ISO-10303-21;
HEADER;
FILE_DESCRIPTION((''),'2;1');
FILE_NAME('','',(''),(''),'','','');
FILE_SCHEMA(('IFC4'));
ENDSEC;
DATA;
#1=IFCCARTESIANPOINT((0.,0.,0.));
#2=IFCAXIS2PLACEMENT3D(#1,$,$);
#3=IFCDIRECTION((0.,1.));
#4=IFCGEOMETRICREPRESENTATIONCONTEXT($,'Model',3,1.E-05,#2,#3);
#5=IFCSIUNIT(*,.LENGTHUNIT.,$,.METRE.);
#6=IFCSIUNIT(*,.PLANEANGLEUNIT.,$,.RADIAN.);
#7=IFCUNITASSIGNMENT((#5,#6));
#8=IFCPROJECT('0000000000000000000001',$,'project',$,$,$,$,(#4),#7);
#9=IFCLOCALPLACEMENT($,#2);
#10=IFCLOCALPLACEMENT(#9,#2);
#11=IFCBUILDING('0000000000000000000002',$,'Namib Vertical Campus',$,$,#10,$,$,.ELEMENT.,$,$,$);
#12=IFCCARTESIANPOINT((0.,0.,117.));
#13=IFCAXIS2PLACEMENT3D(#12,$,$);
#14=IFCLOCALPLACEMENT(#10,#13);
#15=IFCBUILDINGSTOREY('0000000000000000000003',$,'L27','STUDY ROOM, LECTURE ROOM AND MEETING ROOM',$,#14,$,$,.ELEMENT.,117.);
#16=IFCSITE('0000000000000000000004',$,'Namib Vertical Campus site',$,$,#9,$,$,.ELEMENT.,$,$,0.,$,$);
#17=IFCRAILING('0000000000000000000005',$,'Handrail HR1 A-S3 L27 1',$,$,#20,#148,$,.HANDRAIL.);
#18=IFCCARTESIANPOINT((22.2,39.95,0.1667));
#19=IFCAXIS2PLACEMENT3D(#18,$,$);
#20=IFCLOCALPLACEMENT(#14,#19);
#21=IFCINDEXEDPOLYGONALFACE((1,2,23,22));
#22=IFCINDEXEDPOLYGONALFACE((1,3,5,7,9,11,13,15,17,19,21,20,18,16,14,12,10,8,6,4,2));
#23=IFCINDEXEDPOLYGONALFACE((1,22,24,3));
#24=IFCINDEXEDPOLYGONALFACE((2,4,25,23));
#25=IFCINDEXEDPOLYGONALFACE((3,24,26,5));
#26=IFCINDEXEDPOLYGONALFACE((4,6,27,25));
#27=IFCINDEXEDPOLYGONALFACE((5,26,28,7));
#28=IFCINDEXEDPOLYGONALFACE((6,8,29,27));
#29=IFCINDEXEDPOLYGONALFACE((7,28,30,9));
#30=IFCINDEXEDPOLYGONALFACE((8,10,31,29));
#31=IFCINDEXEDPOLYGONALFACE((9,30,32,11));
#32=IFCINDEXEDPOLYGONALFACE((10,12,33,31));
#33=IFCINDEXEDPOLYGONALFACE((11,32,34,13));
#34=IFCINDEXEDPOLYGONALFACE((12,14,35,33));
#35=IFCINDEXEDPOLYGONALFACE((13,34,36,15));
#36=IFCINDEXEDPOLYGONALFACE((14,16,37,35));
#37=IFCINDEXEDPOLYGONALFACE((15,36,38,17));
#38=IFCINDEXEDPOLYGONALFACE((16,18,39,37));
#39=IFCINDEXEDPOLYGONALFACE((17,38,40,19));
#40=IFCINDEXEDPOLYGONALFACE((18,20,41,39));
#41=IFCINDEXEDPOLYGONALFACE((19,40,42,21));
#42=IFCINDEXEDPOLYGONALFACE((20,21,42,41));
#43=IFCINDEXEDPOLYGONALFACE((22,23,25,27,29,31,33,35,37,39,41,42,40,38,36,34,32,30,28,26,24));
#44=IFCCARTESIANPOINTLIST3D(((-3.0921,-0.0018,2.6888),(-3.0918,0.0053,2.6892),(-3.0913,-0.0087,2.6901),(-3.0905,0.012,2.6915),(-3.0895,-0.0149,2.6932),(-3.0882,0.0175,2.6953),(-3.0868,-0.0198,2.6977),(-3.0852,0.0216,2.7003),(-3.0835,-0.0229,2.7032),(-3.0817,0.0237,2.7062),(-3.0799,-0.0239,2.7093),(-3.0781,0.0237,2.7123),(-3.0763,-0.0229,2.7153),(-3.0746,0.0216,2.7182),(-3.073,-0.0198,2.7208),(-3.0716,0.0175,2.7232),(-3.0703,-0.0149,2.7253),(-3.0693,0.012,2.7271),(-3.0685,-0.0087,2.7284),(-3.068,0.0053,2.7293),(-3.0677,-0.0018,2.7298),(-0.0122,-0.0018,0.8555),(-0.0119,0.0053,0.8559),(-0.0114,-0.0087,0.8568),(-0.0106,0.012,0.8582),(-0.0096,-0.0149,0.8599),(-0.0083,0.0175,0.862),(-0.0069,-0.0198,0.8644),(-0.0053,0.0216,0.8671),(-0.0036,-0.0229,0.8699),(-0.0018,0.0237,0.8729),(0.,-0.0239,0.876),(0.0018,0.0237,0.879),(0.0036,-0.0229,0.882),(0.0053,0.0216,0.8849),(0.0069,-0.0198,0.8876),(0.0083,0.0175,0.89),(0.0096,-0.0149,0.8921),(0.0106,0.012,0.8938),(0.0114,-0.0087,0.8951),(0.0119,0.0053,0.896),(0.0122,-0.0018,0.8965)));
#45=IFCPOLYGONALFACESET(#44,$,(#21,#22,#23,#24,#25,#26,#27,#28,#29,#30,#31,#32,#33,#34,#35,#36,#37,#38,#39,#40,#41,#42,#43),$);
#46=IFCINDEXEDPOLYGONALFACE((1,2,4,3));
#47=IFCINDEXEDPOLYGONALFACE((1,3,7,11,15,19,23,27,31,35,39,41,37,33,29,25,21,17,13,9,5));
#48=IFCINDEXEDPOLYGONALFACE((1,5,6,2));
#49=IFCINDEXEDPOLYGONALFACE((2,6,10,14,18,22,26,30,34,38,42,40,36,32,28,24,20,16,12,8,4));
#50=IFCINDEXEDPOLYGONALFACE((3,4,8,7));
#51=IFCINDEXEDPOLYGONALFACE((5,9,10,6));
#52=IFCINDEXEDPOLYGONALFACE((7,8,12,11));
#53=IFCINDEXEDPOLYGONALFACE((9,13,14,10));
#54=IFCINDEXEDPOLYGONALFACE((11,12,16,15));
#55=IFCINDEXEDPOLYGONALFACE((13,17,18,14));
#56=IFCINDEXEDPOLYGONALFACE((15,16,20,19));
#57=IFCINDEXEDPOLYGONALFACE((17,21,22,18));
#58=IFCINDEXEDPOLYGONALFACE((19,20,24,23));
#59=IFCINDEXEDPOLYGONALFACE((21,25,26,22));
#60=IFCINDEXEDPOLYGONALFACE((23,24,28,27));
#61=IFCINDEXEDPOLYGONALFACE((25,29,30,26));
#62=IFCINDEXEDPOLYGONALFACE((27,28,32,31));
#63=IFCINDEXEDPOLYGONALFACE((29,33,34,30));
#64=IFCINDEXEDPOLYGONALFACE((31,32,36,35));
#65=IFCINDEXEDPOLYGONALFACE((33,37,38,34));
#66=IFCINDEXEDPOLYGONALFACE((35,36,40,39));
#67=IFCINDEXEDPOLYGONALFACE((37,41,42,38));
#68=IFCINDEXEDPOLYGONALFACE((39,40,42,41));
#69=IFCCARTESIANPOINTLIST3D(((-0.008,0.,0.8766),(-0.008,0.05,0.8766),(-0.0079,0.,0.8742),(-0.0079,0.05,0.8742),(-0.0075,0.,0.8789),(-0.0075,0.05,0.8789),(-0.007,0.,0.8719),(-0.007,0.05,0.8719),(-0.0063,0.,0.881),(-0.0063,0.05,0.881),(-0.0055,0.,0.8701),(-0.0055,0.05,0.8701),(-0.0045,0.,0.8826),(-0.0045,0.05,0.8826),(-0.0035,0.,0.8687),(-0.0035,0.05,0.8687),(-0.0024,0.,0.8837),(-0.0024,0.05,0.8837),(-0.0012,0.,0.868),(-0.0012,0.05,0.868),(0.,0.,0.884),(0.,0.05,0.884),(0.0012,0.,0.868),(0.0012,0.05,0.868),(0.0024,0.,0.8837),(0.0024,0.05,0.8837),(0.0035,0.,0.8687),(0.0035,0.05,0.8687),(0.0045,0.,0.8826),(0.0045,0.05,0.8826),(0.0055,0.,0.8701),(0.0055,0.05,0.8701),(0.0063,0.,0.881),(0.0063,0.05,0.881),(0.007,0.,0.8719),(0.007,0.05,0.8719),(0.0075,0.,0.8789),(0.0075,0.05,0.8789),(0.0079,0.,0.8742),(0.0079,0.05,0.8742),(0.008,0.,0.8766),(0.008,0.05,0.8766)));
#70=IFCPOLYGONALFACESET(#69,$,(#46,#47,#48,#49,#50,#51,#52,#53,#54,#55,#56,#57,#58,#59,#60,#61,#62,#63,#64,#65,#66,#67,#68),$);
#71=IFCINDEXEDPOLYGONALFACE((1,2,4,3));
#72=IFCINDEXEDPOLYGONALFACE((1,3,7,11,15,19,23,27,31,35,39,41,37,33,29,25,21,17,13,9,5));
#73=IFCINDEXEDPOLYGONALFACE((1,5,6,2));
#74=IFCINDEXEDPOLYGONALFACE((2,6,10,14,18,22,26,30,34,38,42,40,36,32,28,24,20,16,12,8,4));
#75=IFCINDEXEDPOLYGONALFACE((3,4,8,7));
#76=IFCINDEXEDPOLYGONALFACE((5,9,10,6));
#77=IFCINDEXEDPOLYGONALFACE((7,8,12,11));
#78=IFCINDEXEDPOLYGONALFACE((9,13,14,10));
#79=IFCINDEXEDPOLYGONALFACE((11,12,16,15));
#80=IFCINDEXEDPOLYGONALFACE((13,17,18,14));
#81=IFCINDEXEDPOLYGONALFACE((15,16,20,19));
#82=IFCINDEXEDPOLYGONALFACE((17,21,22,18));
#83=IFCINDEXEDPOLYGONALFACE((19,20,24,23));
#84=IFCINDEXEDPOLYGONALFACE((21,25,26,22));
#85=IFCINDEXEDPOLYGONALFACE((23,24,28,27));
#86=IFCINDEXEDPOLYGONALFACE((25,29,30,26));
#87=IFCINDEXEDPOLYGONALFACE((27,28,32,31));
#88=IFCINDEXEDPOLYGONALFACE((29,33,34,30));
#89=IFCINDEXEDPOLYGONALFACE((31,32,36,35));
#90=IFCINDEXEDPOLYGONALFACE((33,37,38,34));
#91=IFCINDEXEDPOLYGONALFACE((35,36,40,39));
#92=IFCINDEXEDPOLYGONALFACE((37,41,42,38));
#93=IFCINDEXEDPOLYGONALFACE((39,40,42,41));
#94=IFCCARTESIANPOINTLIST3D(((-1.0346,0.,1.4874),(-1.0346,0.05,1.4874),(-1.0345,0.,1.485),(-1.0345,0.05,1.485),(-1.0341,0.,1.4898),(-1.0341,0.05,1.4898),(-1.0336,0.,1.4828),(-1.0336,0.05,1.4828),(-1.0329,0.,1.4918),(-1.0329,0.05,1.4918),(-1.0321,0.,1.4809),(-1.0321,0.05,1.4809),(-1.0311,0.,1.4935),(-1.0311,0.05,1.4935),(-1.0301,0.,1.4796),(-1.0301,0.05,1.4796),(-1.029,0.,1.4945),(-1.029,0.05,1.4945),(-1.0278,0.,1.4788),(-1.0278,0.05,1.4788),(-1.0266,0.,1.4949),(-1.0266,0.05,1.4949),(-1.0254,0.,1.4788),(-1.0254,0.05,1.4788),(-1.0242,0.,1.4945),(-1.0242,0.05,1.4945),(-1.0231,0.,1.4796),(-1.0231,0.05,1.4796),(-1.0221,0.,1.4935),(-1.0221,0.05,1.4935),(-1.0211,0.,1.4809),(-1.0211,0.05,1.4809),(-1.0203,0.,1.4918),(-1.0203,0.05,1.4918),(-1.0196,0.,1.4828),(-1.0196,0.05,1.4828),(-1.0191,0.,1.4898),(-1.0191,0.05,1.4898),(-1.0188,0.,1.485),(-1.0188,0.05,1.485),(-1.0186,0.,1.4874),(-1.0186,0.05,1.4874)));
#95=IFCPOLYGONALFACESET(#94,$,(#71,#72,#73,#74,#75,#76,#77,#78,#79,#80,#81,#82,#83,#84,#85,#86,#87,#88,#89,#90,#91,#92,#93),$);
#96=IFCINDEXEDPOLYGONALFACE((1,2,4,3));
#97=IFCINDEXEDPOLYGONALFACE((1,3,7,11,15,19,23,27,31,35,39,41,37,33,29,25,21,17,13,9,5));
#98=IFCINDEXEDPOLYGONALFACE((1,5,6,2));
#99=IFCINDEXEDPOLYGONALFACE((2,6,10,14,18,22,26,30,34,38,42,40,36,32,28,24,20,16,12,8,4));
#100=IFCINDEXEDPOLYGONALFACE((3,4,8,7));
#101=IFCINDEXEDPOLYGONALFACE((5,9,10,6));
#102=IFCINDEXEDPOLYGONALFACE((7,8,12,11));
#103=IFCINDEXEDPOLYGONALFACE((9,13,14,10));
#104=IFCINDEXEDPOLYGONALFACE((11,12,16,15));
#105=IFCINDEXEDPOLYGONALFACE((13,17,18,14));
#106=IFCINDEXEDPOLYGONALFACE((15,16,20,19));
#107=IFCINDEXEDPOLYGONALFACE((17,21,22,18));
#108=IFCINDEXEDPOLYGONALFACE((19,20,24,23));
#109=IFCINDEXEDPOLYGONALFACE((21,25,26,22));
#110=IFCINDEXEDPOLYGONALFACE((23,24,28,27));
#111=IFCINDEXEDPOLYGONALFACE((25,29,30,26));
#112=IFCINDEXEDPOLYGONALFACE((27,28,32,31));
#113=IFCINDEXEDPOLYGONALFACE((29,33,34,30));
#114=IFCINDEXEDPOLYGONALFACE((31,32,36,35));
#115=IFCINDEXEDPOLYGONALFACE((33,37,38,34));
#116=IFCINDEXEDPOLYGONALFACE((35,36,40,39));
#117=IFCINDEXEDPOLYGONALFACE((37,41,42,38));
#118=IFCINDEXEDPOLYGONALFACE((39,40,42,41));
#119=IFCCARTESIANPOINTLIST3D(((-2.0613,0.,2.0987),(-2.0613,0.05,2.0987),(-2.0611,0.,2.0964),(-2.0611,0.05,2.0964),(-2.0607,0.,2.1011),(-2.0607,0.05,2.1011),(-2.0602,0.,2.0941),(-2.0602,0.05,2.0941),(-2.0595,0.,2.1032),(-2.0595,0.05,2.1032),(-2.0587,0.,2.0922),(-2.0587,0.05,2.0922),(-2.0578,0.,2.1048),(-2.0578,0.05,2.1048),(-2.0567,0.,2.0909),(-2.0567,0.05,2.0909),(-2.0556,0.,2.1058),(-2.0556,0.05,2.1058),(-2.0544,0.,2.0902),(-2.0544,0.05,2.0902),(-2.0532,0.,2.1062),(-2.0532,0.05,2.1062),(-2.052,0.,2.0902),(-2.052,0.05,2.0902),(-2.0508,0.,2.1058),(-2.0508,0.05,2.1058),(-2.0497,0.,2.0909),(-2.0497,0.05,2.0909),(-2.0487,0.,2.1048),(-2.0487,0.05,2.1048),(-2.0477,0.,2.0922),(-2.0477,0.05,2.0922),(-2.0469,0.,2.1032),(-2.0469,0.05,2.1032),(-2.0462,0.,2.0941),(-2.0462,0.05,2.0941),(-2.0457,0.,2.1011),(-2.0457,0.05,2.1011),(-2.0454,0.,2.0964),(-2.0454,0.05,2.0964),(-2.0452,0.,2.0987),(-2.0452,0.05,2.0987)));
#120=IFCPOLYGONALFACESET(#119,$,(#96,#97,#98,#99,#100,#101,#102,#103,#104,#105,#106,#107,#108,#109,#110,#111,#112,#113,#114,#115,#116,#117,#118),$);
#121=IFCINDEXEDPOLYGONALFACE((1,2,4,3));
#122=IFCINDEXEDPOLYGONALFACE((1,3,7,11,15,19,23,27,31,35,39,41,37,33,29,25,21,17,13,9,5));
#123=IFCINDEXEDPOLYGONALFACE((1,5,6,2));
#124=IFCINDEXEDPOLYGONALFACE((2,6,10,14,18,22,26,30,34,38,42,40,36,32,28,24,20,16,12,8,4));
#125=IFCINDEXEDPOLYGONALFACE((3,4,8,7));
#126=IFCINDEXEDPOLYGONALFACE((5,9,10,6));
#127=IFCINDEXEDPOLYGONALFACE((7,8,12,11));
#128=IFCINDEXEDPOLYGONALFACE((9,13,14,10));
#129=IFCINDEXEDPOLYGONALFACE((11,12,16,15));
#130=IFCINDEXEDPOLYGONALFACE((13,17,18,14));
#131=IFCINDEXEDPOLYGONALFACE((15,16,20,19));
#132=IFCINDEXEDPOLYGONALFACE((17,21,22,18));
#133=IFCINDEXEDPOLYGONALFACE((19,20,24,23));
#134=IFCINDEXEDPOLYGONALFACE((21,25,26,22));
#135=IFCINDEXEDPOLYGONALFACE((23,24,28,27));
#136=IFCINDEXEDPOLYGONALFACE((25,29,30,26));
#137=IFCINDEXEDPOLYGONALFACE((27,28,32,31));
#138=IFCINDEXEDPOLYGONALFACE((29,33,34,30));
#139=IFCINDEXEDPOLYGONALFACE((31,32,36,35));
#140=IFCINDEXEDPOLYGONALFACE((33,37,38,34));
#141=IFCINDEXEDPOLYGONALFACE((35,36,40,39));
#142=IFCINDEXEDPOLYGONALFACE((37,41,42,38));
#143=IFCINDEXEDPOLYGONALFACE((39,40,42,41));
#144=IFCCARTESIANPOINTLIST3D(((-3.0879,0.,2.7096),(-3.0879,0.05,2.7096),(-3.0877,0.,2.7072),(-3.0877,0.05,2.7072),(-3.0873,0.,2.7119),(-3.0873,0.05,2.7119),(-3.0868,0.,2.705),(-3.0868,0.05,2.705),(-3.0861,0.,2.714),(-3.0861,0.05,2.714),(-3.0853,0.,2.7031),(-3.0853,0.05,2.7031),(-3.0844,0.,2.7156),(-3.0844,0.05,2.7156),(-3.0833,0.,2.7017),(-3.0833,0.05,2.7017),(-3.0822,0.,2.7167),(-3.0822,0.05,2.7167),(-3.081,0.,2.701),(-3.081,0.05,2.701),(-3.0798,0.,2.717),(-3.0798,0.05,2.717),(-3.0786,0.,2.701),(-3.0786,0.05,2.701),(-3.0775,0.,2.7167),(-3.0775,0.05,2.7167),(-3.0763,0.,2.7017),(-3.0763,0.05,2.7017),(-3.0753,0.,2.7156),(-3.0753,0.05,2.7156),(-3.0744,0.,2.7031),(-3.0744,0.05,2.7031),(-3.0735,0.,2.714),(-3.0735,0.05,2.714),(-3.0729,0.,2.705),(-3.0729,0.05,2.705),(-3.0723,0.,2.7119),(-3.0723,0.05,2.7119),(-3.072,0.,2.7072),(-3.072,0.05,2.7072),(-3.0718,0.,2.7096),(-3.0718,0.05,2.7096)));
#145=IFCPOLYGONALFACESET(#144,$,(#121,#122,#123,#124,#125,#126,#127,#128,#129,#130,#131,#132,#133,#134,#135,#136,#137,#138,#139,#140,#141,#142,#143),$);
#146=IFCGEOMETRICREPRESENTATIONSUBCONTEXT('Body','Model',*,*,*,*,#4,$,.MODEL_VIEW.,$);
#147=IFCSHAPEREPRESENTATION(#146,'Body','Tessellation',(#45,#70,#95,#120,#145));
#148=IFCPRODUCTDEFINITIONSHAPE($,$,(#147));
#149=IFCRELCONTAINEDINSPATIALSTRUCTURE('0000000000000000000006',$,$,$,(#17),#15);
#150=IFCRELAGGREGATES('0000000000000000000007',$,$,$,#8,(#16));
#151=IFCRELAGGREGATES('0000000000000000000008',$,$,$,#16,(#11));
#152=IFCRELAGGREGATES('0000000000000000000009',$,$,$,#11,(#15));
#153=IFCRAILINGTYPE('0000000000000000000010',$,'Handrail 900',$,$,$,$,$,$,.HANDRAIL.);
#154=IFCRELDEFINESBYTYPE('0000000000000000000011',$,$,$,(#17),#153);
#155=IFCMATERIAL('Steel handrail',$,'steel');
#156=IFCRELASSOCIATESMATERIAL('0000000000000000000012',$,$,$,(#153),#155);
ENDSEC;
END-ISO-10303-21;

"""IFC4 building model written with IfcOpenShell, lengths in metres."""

from ifc_helpers import new_model, si_unit, direction, frame, origin, origin_2d, place, context, subcontext, project, spatial, circle, extrude, material, type_object, element, save


model = new_model("IFC4")

# Units and contexts
model_context = context("Model", 3, precision=1e-05, world=origin(), true_north=direction((0.0, 1.0)))
body_context = subcontext(model_context, "Body", "Model", "MODEL_VIEW")
ifc_project = project(units=[si_unit("LENGTHUNIT", "METRE"), si_unit("PLANEANGLEUNIT", "RADIAN")], contexts=[model_context])

# Site, building, storey
site_placement = place(None, origin())
site = spatial("IfcSite", under=ifc_project, at=site_placement, Name="Namib Vertical Campus site", CompositionType="ELEMENT", RefElevation=0.0)
building_placement = place(site_placement, origin())
building = spatial("IfcBuilding", under=site, at=building_placement, Name="Namib Vertical Campus", CompositionType="ELEMENT")
storey_placement = place(building_placement, frame((0.0, 0.0, 117.0)))
storey = spatial("IfcBuildingStorey", under=building, at=storey_placement, Name="L27", Description="STUDY ROOM, LECTURE ROOM AND MEETING ROOM", CompositionType="ELEMENT", Elevation=117.0)

# Railing
ifc_material_1 = material(Name="Steel handrail", Category="steel")
railing_type_1 = type_object("IfcRailingType", Name="Handrail 900", PredefinedType="HANDRAIL", material=ifc_material_1)
railing_1_placement = place(storey_placement, frame((22.2, 39.95, 0.1667)))
element("IfcRailing", 1, at=railing_1_placement, inside=storey, type_object=railing_type_1, Name="Handrail HR1 A-S3 L27 1", PredefinedType="HANDRAIL", context=body_context, shape_type="SweptSolid", body=[
    extrude(circle(Radius=0.0239, at=origin_2d()), frame((0.0, 0.0, 0.876), z_axis=(-0.859291, 0.0, 0.511487), x_axis=(0.0, -1.0, 0.0)), (0.0, 0.0, 1.0), 3.5842),
    extrude(circle(Radius=0.0081, at=origin_2d()), frame((0.0, 0.0, 0.876), z_axis=(0.0, 1.0, 0.0), x_axis=(0.0, 0.0, 1.0)), (0.0, 0.0, 1.0), 0.05),
    extrude(circle(Radius=0.0081, at=origin_2d()), frame((-1.0266, 0.0, 1.4868), z_axis=(0.0, 1.0, 0.0), x_axis=(0.0, 0.0, 1.0)), (0.0, 0.0, 1.0), 0.05),
    extrude(circle(Radius=0.0081, at=origin_2d()), frame((-2.0532, 0.0, 2.0981), z_axis=(0.0, 1.0, 0.0), x_axis=(0.0, 0.0, 1.0)), (0.0, 0.0, 1.0), 0.05),
    extrude(circle(Radius=0.0081, at=origin_2d()), frame((-3.0798, 0.0, 2.709), z_axis=(0.0, 1.0, 0.0), x_axis=(0.0, 0.0, 1.0)), (0.0, 0.0, 1.0), 0.05),
])

save(model, "model.ifc")
